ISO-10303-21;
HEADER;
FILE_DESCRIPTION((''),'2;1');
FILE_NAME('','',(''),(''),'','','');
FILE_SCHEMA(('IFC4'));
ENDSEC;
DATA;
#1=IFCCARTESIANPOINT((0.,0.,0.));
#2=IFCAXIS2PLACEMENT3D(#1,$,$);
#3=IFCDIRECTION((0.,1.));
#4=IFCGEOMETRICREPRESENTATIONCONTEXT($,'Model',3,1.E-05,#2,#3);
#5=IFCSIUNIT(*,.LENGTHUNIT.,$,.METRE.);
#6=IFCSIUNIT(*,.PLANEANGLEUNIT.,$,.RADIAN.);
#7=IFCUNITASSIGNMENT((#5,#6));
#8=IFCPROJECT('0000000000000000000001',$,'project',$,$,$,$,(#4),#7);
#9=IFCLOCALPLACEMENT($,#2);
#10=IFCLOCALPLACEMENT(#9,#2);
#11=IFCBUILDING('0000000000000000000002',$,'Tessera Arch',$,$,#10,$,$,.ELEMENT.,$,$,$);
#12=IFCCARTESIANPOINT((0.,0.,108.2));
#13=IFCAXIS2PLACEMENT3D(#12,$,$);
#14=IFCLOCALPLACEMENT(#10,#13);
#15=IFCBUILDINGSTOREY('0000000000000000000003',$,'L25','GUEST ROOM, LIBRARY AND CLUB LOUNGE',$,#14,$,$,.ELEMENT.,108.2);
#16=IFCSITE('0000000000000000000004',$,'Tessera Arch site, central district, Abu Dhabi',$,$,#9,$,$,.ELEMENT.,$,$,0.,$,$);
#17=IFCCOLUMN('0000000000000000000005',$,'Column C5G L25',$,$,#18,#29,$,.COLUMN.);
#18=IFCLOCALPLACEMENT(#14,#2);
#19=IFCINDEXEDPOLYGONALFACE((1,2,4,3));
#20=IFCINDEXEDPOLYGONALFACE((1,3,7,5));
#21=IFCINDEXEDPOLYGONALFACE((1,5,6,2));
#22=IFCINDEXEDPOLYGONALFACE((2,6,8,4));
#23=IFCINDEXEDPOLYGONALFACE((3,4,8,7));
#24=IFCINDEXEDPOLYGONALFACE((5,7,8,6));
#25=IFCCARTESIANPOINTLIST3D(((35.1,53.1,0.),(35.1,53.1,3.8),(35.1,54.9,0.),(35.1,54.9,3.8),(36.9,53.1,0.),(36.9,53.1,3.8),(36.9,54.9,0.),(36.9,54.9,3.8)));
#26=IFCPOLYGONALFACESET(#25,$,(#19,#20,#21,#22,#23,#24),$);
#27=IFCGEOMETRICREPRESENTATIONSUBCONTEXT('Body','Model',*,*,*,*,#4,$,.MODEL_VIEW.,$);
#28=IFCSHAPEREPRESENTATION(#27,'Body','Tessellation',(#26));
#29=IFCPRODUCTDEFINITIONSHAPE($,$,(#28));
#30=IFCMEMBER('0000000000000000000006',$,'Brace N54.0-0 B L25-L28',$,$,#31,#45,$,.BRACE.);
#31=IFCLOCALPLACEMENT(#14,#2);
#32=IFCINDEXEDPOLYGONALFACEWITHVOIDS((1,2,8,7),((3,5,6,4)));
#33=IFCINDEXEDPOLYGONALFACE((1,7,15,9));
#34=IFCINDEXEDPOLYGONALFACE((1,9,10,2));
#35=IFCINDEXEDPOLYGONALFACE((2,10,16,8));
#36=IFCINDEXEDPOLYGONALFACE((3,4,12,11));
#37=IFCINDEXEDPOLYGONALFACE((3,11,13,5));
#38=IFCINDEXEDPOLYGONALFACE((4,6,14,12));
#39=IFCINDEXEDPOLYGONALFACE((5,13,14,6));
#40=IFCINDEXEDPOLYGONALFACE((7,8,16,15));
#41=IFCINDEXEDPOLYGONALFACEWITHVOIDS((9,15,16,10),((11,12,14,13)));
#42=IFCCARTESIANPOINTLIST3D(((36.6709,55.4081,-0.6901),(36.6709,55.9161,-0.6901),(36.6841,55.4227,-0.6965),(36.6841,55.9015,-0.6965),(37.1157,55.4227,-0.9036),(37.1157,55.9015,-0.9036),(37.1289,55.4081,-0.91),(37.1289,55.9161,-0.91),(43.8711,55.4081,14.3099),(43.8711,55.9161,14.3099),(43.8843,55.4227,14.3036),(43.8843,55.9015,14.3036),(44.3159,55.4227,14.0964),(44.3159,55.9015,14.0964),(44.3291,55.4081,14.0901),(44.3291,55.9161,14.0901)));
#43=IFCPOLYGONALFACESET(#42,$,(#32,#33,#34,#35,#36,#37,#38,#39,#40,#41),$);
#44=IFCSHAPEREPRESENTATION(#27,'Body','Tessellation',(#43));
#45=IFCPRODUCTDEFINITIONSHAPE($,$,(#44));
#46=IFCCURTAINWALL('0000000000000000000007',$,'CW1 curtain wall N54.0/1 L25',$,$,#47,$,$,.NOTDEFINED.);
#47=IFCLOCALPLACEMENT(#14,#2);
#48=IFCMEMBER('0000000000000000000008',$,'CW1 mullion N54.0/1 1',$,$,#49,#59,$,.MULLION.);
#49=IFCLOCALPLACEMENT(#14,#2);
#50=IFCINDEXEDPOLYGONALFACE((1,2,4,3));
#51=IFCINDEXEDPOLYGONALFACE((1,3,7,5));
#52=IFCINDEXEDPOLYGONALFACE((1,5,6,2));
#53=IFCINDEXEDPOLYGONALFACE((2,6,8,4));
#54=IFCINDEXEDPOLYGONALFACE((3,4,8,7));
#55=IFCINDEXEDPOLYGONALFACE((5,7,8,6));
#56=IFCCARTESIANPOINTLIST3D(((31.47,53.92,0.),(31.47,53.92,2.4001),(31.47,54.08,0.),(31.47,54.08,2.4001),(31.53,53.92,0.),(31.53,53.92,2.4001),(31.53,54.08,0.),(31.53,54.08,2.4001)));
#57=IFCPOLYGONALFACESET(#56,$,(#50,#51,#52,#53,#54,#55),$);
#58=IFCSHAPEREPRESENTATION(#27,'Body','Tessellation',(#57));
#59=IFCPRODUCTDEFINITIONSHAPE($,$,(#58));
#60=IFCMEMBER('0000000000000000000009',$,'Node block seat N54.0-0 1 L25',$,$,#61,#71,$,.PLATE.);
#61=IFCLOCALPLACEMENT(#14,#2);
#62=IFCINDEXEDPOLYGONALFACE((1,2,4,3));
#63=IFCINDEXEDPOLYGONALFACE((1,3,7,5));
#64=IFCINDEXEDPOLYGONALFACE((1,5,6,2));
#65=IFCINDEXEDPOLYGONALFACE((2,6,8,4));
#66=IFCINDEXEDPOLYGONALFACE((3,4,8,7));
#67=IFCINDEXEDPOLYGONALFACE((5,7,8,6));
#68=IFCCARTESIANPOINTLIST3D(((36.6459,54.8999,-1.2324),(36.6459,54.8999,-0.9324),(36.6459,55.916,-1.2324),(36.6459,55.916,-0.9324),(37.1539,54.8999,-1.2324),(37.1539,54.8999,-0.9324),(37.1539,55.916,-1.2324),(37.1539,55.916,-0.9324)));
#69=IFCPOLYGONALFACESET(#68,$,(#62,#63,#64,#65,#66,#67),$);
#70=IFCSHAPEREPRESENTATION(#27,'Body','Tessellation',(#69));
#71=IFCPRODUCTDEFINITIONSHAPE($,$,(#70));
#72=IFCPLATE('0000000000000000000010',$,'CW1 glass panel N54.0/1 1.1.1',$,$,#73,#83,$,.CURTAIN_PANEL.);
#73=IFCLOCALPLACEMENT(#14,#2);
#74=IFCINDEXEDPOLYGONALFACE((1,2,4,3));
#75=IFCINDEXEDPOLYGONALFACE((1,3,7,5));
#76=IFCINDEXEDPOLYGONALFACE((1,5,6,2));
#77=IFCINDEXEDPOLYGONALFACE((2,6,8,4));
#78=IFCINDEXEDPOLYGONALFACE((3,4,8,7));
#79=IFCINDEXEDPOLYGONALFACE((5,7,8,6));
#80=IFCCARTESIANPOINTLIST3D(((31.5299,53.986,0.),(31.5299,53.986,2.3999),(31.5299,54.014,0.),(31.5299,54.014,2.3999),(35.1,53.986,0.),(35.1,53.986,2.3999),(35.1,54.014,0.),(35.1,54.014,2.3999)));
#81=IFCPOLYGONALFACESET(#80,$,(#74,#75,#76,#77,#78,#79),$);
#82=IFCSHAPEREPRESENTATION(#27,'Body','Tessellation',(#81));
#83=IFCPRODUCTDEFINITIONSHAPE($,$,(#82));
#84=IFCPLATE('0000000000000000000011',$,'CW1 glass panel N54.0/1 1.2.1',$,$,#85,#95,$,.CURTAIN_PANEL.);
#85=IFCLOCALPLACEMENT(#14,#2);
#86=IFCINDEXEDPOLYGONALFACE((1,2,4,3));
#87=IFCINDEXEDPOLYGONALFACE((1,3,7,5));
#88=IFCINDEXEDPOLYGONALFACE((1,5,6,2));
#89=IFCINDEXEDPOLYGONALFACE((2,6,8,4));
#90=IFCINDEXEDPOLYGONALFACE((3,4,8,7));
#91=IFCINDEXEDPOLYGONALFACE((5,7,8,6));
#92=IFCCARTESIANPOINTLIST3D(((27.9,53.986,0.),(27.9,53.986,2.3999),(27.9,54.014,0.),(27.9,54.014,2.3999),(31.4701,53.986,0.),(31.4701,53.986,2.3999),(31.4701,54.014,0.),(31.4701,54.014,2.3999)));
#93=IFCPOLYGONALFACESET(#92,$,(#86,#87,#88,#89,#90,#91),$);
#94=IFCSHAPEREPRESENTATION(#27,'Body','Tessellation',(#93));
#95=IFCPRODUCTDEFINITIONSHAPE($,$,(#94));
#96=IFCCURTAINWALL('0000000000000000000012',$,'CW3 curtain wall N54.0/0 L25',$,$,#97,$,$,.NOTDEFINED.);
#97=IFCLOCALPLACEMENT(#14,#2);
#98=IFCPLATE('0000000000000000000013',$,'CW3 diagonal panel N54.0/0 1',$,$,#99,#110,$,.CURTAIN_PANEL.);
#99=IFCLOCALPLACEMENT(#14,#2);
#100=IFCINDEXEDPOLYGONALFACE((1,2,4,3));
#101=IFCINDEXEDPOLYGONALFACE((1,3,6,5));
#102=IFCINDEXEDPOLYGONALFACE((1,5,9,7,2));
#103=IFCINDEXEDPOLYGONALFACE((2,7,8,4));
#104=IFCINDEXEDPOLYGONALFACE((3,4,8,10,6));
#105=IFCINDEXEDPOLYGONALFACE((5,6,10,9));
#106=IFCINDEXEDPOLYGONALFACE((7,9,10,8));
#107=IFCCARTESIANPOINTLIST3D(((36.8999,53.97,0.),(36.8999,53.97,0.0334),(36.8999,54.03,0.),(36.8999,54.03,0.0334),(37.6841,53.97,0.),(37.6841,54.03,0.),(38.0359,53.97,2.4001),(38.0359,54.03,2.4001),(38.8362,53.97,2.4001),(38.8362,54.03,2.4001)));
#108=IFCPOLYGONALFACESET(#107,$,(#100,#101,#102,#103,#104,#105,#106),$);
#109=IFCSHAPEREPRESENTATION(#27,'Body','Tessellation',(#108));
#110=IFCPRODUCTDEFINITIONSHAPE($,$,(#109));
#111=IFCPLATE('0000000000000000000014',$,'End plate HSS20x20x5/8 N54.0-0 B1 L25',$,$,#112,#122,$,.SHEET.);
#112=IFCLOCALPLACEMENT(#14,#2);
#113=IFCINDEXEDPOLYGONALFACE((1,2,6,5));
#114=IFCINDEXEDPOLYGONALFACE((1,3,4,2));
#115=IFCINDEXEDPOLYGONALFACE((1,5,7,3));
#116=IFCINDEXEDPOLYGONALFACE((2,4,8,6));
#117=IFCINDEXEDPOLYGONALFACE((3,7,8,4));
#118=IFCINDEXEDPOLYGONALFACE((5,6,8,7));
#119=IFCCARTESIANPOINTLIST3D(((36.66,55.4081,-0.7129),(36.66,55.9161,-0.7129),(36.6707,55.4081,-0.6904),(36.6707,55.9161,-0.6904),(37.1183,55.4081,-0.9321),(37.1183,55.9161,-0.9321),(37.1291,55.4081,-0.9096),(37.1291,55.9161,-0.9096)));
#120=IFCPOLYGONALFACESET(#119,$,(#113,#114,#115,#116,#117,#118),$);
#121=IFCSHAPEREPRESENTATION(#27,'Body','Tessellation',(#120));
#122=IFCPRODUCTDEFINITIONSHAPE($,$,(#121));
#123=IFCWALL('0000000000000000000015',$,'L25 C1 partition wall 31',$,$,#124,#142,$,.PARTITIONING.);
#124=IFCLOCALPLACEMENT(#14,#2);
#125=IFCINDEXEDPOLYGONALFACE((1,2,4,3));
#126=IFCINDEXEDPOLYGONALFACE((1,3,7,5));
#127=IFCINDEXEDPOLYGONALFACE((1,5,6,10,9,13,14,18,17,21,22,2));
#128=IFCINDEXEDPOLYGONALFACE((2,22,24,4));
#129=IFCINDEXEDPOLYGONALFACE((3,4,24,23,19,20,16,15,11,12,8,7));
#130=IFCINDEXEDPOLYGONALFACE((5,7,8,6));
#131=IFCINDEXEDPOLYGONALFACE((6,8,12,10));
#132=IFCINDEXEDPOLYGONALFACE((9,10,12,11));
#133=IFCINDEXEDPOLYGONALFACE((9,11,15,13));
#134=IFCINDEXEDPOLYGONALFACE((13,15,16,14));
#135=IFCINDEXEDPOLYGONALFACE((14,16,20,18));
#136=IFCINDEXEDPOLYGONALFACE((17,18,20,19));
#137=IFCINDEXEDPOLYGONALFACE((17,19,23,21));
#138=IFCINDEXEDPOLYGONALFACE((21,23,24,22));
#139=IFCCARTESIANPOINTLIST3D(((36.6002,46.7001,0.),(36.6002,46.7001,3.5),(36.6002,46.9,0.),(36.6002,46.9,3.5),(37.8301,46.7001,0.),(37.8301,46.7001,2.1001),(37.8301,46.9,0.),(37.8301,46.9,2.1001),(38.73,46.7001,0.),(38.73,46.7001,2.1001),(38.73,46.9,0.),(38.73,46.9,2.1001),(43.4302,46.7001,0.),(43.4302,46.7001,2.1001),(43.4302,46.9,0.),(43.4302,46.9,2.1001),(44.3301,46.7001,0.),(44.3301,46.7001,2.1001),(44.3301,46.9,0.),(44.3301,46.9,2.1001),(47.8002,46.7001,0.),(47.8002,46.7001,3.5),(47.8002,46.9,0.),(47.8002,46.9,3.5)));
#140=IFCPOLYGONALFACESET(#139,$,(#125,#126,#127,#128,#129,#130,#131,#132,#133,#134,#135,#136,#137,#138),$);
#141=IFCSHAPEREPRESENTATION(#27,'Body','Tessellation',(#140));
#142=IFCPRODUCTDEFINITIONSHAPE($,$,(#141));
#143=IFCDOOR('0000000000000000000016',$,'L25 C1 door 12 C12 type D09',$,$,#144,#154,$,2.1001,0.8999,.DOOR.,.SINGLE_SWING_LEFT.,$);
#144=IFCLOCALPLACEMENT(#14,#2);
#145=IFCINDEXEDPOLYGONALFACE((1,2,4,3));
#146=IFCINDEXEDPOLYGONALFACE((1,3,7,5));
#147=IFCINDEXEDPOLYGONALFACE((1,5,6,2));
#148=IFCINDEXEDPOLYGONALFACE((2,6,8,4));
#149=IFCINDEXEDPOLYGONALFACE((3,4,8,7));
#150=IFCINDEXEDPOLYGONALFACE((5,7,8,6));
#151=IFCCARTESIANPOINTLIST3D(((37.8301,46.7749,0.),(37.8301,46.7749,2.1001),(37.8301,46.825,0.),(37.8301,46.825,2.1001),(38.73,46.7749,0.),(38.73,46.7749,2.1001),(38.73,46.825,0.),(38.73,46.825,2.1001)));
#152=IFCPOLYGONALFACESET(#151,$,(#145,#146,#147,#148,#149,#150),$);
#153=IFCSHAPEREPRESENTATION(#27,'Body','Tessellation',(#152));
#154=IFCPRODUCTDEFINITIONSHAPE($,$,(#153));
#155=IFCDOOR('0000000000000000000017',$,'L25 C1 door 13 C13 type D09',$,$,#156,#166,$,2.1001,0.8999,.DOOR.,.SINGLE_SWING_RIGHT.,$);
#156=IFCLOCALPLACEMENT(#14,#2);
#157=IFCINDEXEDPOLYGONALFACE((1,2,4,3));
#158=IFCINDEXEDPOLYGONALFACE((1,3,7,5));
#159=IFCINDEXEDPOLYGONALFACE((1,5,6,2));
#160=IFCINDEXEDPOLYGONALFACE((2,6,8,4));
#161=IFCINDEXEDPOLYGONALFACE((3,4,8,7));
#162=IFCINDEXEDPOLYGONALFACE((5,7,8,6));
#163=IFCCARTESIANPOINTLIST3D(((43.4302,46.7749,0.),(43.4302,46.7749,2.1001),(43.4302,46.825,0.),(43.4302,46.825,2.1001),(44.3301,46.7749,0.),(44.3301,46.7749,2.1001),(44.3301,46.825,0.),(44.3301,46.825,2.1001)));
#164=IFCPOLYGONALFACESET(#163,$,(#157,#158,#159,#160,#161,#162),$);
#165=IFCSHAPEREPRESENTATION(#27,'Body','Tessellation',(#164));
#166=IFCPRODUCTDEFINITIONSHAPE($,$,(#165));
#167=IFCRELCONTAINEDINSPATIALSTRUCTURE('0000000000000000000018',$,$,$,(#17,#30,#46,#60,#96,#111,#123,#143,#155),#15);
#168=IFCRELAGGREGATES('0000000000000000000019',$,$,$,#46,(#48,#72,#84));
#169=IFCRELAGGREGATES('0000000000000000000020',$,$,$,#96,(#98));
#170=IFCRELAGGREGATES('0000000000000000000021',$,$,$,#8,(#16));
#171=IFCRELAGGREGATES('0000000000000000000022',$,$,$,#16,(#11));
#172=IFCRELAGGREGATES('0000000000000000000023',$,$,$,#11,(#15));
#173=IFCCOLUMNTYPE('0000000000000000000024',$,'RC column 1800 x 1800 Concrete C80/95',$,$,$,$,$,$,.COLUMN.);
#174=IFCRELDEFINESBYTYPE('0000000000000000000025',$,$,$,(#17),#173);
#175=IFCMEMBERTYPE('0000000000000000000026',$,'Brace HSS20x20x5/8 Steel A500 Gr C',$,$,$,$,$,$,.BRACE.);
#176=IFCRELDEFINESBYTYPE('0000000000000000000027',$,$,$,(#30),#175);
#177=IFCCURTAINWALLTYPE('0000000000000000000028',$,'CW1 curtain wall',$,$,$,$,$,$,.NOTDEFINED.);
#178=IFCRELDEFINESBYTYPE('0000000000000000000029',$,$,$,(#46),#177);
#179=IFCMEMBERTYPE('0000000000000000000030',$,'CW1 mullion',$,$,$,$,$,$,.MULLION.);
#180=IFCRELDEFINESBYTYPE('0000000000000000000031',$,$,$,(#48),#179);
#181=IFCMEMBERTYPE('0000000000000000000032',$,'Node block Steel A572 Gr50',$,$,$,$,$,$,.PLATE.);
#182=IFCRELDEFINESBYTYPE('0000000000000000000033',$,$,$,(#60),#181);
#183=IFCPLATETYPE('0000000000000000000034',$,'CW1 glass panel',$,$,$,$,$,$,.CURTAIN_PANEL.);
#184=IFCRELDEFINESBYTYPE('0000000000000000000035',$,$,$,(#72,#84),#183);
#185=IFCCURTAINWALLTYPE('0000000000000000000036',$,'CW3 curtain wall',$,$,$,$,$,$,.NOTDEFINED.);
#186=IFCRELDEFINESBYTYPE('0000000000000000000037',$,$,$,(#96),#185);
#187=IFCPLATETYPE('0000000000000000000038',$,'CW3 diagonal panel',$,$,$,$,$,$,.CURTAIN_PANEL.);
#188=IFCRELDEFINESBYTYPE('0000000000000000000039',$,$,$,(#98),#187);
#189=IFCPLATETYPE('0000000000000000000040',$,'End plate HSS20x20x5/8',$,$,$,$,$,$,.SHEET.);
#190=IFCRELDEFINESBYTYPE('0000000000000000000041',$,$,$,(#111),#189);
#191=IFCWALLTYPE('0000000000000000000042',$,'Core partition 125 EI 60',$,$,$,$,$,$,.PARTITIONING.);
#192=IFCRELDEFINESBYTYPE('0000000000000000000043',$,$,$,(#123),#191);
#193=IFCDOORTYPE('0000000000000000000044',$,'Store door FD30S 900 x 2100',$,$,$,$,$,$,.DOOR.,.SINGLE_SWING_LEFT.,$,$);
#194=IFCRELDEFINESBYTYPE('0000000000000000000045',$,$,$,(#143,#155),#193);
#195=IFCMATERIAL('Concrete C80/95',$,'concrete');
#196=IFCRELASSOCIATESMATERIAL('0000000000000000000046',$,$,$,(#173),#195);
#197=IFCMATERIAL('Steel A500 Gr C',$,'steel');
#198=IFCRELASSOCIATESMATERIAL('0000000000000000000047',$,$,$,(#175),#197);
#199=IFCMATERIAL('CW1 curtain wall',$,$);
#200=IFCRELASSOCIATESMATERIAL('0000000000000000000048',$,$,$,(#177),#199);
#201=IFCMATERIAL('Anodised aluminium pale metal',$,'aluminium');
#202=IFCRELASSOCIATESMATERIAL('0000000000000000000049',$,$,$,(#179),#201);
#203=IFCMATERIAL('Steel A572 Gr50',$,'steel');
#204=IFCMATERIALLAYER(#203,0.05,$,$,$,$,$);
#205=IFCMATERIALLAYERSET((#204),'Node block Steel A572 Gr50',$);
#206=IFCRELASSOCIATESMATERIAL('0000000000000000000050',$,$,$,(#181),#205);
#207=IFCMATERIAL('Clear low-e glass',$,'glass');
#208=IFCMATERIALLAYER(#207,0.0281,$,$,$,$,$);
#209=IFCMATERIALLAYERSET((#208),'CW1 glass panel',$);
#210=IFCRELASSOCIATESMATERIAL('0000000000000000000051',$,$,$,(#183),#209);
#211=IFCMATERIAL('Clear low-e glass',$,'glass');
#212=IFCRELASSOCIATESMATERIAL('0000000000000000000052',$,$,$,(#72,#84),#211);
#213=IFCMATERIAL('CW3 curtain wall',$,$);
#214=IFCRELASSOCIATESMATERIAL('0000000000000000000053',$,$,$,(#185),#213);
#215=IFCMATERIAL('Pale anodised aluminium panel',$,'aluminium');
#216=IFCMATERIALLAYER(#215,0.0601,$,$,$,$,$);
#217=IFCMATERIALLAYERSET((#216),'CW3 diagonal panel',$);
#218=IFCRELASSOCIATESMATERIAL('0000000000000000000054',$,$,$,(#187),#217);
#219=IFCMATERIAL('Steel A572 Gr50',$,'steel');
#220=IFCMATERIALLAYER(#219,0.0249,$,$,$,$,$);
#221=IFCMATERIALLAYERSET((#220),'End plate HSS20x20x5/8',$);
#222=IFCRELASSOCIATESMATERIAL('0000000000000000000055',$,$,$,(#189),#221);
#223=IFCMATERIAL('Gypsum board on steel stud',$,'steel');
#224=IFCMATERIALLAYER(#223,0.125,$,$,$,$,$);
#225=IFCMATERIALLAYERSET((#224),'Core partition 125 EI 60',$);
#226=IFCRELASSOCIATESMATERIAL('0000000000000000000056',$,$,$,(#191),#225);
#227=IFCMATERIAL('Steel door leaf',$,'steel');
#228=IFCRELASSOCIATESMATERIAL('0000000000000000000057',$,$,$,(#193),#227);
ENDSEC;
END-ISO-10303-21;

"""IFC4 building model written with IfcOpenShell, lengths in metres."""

from ifc_helpers import new_model, si_unit, direction, frame, frame_2d, origin, origin_2d, place, context, subcontext, project, spatial, polyline, rectangle, hollow_rectangle, outline, extrude, material, layer, layer_set, material_profile, profile_set, type_object, element, fill, aggregate, save


model = new_model("IFC4")

# Units and contexts
model_context = context("Model", 3, precision=1e-05, world=origin(), true_north=direction((0.0, 1.0)))
body_context = subcontext(model_context, "Body", "Model", "MODEL_VIEW")
ifc_project = project(units=[si_unit("LENGTHUNIT", "METRE"), si_unit("PLANEANGLEUNIT", "RADIAN")], contexts=[model_context])

# Site, building, storey
site_placement = place(None, origin())
site = spatial("IfcSite", under=ifc_project, at=site_placement, Name="Tessera Arch site, central district, Abu Dhabi", CompositionType="ELEMENT", RefElevation=0.0)
building_placement = place(site_placement, origin())
building = spatial("IfcBuilding", under=site, at=building_placement, Name="Tessera Arch", CompositionType="ELEMENT")
storey_placement = place(building_placement, frame((0.0, 0.0, 108.2)))
storey = spatial("IfcBuildingStorey", under=building, at=storey_placement, Name="L25", Description="GUEST ROOM, LIBRARY AND CLUB LOUNGE", CompositionType="ELEMENT", Elevation=108.2)

# Column
ifc_material_1 = material(Name="Concrete C80/95", Category="concrete")
ifc_material_profile_1 = material_profile(ifc_material_1, rectangle(XDim=1.8, YDim=1.8, at=origin_2d()), Name="RC column 1800 x 1800 Concrete C80/95")
ifc_profile_set_1 = profile_set([ifc_material_profile_1], Name="Concrete C80/95")
column_type = type_object("IfcColumnType", Name="RC column 1800 x 1800 Concrete C80/95", PredefinedType="COLUMN", material=ifc_profile_set_1)
column_placement = place(storey_placement, frame((36.0, 54.0, 0.0), z_axis=(0.0, 0.0, 1.0), x_axis=(1.0, 0.0, 0.0)))
element("IfcColumn", 1, at=column_placement, inside=storey, type_object=column_type, Name="Column C5G L25", PredefinedType="COLUMN", context=body_context, shape_type="SweptSolid", body=[
    extrude(rectangle(XDim=1.8, YDim=1.8, at=origin_2d()), origin(), (0.0, 0.0, 1.0), 3.8),
])

# Member
ifc_material_2 = material(Name="Steel A500 Gr C", Category="steel")
ifc_material_profile_2 = material_profile(ifc_material_2, hollow_rectangle(XDim=0.5081, YDim=0.5081, WallThickness=0.0146, at=origin_2d()), Name="HSS20x20x5/8")
ifc_profile_set_2 = profile_set([ifc_material_profile_2], Name="Steel A500 Gr C")
member_type_1 = type_object("IfcMemberType", Name="Brace HSS20x20x5/8 Steel A500 Gr C", PredefinedType="BRACE", material=ifc_profile_set_2)
member_1_placement = place(storey_placement, frame((36.8999, 55.6621, -0.8), z_axis=(0.432741, 0.0, 0.901518), x_axis=(0.0, 1.0, 0.0)))
element("IfcMember", 2, at=member_1_placement, inside=storey, type_object=member_type_1, Name="Brace N54.0-0 B L25-L28", PredefinedType="BRACE", context=body_context, shape_type="SweptSolid", body=[
    extrude(hollow_rectangle(XDim=0.5081, YDim=0.5081, WallThickness=0.0146, at=origin_2d()), origin(), (0.0, 0.0, 1.0), 16.6387),
])

# Curtain wall, member
ifc_material_3 = material(Name="CW1 curtain wall")
curtain_wall_type_1 = type_object("IfcCurtainWallType", Name="CW1 curtain wall", PredefinedType="NOTDEFINED", material=ifc_material_3)
curtain_wall_1_placement = place(storey_placement, origin())
curtain_wall_1 = element("IfcCurtainWall", 3, at=curtain_wall_1_placement, inside=storey, type_object=curtain_wall_type_1, Name="CW1 curtain wall N54.0/1 L25", PredefinedType="NOTDEFINED")
ifc_material_4 = material(Name="Anodised aluminium pale metal", Category="aluminium")
ifc_material_profile_3 = material_profile(ifc_material_4, rectangle(XDim=0.1599, YDim=0.0601, at=origin_2d()), Name="AL 60x160")
ifc_profile_set_3 = profile_set([ifc_material_profile_3], Name="Anodised aluminium pale metal")
member_type_2 = type_object("IfcMemberType", Name="CW1 mullion", PredefinedType="MULLION", material=ifc_profile_set_3)
member_2_placement = place(storey_placement, frame((31.5, 54.0, 0.0), z_axis=(0.0, 0.0, 1.0), x_axis=(0.0, -1.0, 0.0)))
member_2 = element("IfcMember", 4, at=member_2_placement, type_object=member_type_2, Name="CW1 mullion N54.0/1 1", PredefinedType="MULLION", context=body_context, shape_type="SweptSolid", body=[
    extrude(rectangle(XDim=0.1599, YDim=0.0601, at=origin_2d()), origin(), (0.0, 0.0, 1.0), 2.4001),
])

# Member
ifc_material_5 = material(Name="Steel A572 Gr50", Category="steel")
ifc_layer_1 = layer(ifc_material_5, 0.05)
ifc_layer_set_1 = layer_set([ifc_layer_1], Name="Node block Steel A572 Gr50")
member_type_3 = type_object("IfcMemberType", Name="Node block Steel A572 Gr50", PredefinedType="PLATE", material=ifc_layer_set_1)
member_3_placement = place(storey_placement, frame((36.8999, 55.408, -1.2324), z_axis=(0.0, 0.0, 1.0), x_axis=(-1.0, 0.0, 0.0)))
element("IfcMember", 5, at=member_3_placement, inside=storey, type_object=member_type_3, Name="Node block seat N54.0-0 1 L25", PredefinedType="PLATE", context=body_context, shape_type="SweptSolid", body=[
    extrude(rectangle(XDim=0.5081, YDim=1.0161, at=origin_2d()), origin(), (0.0, 0.0, 1.0), 0.3),
])

# Plates
ifc_material_6 = material(Name="Clear low-e glass", Category="glass")
ifc_material_7 = material(Name="Clear low-e glass", Category="glass")
ifc_layer_2 = layer(ifc_material_7, 0.0281)
ifc_layer_set_2 = layer_set([ifc_layer_2], Name="CW1 glass panel")
plate_type_1 = type_object("IfcPlateType", Name="CW1 glass panel", PredefinedType="CURTAIN_PANEL", material=ifc_layer_set_2)
plate_1_placement = place(storey_placement, frame((33.3149, 54.0, 0.0), z_axis=(0.0, 0.0, 1.0), x_axis=(-1.0, 0.0, 0.0)))
plate_1 = element("IfcPlate", 6, at=plate_1_placement, type_object=plate_type_1, material=ifc_material_6, Name="CW1 glass panel N54.0/1 1.1.1", PredefinedType="CURTAIN_PANEL", context=body_context, shape_type="SweptSolid", body=[
    extrude(rectangle(XDim=3.5701, YDim=0.0281, at=origin_2d()), origin(), (0.0, 0.0, 1.0), 2.3999),
])
plate_2_placement = place(storey_placement, frame((29.6851, 54.0, 0.0), z_axis=(0.0, 0.0, 1.0), x_axis=(-1.0, 0.0, 0.0)))
plate_2 = element("IfcPlate", 7, at=plate_2_placement, type_object=plate_type_1, material=ifc_material_6, Name="CW1 glass panel N54.0/1 1.2.1", PredefinedType="CURTAIN_PANEL", context=body_context, shape_type="SweptSolid", body=[
    extrude(rectangle(XDim=3.5701, YDim=0.0281, at=origin_2d()), origin(), (0.0, 0.0, 1.0), 2.3999),
])
aggregate(curtain_wall_1, [member_2, plate_1, plate_2])

# Curtain wall, plate
ifc_material_8 = material(Name="CW3 curtain wall")
curtain_wall_type_2 = type_object("IfcCurtainWallType", Name="CW3 curtain wall", PredefinedType="NOTDEFINED", material=ifc_material_8)
curtain_wall_2_placement = place(storey_placement, origin())
curtain_wall_2 = element("IfcCurtainWall", 8, at=curtain_wall_2_placement, inside=storey, type_object=curtain_wall_type_2, Name="CW3 curtain wall N54.0/0 L25", PredefinedType="NOTDEFINED")
ifc_material_9 = material(Name="Pale anodised aluminium panel", Category="aluminium")
ifc_layer_3 = layer(ifc_material_9, 0.0601)
ifc_layer_set_3 = layer_set([ifc_layer_3], Name="CW3 diagonal panel")
plate_type_2 = type_object("IfcPlateType", Name="CW3 diagonal panel", PredefinedType="CURTAIN_PANEL", material=ifc_layer_set_3)
plate_3_placement = place(storey_placement, frame((36.8999, 54.03, 0.0), z_axis=(0.0, 1.0, 0.0), x_axis=(0.0, 0.0, 1.0)))
plate_3 = element("IfcPlate", 9, at=plate_3_placement, type_object=plate_type_2, Name="CW3 diagonal panel N54.0/0 1", PredefinedType="CURTAIN_PANEL", context=body_context, shape_type="SweptSolid", body=[
    extrude(outline(polyline([(0.0, 0.0), (0.0334, 0.0), (2.4001, 1.136), (2.4001, 1.9363), (0.0, 0.7842), (0.0, 0.0)])), origin(), (0.0, 0.0, -1.0), 0.0601),
])
aggregate(curtain_wall_2, [plate_3])

# Plate
ifc_material_10 = material(Name="Steel A572 Gr50", Category="steel")
ifc_layer_4 = layer(ifc_material_10, 0.0249)
ifc_layer_set_4 = layer_set([ifc_layer_4], Name="End plate HSS20x20x5/8")
plate_type_3 = type_object("IfcPlateType", Name="End plate HSS20x20x5/8", PredefinedType="SHEET", material=ifc_layer_set_4)
plate_4_placement = place(storey_placement, frame((36.8892, 55.6621, -0.8225), z_axis=(0.431455, 0.0, 0.902134), x_axis=(0.0, 1.0, 0.0)))
element("IfcPlate", 10, at=plate_4_placement, inside=storey, type_object=plate_type_3, Name="End plate HSS20x20x5/8 N54.0-0 B1 L25", PredefinedType="SHEET", context=body_context, shape_type="SweptSolid", body=[
    extrude(rectangle(XDim=0.5081, YDim=0.5081, at=origin_2d()), origin(), (0.0, 0.0, 1.0), 0.0249),
])

# Wall, openings, doors
ifc_material_11 = material(Name="Gypsum board on steel stud", Category="steel")
ifc_layer_5 = layer(ifc_material_11, 0.125)
ifc_layer_set_5 = layer_set([ifc_layer_5], Name="Core partition 125 EI 60")
wall_type_1 = type_object("IfcWallType", Name="Core partition 125 EI 60", PredefinedType="PARTITIONING", material=ifc_layer_set_5)
wall_1_placement = place(storey_placement, frame((36.6001, 46.8, 0.0), z_axis=(0.0, 0.0, 1.0), x_axis=(1.0, 0.0, 0.0)))
wall_1 = element("IfcWall", 11, at=wall_1_placement, inside=storey, type_object=wall_type_1, Name="L25 C1 partition wall 31", PredefinedType="PARTITIONING", context=body_context, shape_type="SweptSolid", body=[
    extrude(rectangle(XDim=11.2, YDim=0.2, at=frame_2d((5.6001, 0.0))), origin(), (0.0, 0.0, 1.0), 3.5),
])
opening_1_placement = place(wall_1_placement, frame((1.23, 0.0, 0.0)))
opening_1 = element("IfcOpeningElement", 12, at=opening_1_placement, cuts=wall_1, PredefinedType="OPENING", context=body_context, shape_type="SweptSolid", body=[
    extrude(rectangle(XDim=0.8999, YDim=2.1001, at=frame_2d((0.45, 1.05))), frame((0.0, 0.1099, 0.0), z_axis=(0.0, -1.0, 0.0), x_axis=(1.0, 0.0, 0.0)), (0.0, 0.0, 1.0), 0.22),
])
opening_2_placement = place(wall_1_placement, frame((6.8301, 0.0, 0.0)))
opening_2 = element("IfcOpeningElement", 13, at=opening_2_placement, cuts=wall_1, PredefinedType="OPENING", context=body_context, shape_type="SweptSolid", body=[
    extrude(rectangle(XDim=0.8999, YDim=2.1001, at=frame_2d((0.45, 1.05))), frame((0.0, 0.1099, 0.0), z_axis=(0.0, -1.0, 0.0), x_axis=(1.0, 0.0, 0.0)), (0.0, 0.0, 1.0), 0.22),
])
ifc_material_12 = material(Name="Steel door leaf", Category="steel")
door_type_1 = type_object("IfcDoorType", Name="Store door FD30S 900 x 2100", OperationType="SINGLE_SWING_LEFT", PredefinedType="DOOR", material=ifc_material_12)
door_1_placement = place(opening_1_placement, origin())
door_1 = element("IfcDoor", 14, at=door_1_placement, inside=storey, type_object=door_type_1, Name="L25 C1 door 12 C12 type D09", OperationType="SINGLE_SWING_LEFT", OverallHeight=2.1001, OverallWidth=0.8999, PredefinedType="DOOR", context=body_context, shape_type="SweptSolid", body=[
    extrude(rectangle(XDim=0.8999, YDim=2.1001, at=frame_2d((0.45, 1.05))), frame((0.0, 0.0249, 0.0), z_axis=(0.0, -1.0, 0.0), x_axis=(1.0, 0.0, 0.0)), (0.0, 0.0, 1.0), 0.05),
])
fill(opening_1, door_1)
door_2_placement = place(opening_2_placement, origin())
door_2 = element("IfcDoor", 15, at=door_2_placement, inside=storey, type_object=door_type_1, Name="L25 C1 door 13 C13 type D09", OperationType="SINGLE_SWING_RIGHT", OverallHeight=2.1001, OverallWidth=0.8999, PredefinedType="DOOR", context=body_context, shape_type="SweptSolid", body=[
    extrude(rectangle(XDim=0.8999, YDim=2.1001, at=frame_2d((0.45, 1.05))), frame((0.0, 0.0249, 0.0), z_axis=(0.0, -1.0, 0.0), x_axis=(1.0, 0.0, 0.0)), (0.0, 0.0, 1.0), 0.05),
])
fill(opening_2, door_2)

save(model, "model.ifc")
